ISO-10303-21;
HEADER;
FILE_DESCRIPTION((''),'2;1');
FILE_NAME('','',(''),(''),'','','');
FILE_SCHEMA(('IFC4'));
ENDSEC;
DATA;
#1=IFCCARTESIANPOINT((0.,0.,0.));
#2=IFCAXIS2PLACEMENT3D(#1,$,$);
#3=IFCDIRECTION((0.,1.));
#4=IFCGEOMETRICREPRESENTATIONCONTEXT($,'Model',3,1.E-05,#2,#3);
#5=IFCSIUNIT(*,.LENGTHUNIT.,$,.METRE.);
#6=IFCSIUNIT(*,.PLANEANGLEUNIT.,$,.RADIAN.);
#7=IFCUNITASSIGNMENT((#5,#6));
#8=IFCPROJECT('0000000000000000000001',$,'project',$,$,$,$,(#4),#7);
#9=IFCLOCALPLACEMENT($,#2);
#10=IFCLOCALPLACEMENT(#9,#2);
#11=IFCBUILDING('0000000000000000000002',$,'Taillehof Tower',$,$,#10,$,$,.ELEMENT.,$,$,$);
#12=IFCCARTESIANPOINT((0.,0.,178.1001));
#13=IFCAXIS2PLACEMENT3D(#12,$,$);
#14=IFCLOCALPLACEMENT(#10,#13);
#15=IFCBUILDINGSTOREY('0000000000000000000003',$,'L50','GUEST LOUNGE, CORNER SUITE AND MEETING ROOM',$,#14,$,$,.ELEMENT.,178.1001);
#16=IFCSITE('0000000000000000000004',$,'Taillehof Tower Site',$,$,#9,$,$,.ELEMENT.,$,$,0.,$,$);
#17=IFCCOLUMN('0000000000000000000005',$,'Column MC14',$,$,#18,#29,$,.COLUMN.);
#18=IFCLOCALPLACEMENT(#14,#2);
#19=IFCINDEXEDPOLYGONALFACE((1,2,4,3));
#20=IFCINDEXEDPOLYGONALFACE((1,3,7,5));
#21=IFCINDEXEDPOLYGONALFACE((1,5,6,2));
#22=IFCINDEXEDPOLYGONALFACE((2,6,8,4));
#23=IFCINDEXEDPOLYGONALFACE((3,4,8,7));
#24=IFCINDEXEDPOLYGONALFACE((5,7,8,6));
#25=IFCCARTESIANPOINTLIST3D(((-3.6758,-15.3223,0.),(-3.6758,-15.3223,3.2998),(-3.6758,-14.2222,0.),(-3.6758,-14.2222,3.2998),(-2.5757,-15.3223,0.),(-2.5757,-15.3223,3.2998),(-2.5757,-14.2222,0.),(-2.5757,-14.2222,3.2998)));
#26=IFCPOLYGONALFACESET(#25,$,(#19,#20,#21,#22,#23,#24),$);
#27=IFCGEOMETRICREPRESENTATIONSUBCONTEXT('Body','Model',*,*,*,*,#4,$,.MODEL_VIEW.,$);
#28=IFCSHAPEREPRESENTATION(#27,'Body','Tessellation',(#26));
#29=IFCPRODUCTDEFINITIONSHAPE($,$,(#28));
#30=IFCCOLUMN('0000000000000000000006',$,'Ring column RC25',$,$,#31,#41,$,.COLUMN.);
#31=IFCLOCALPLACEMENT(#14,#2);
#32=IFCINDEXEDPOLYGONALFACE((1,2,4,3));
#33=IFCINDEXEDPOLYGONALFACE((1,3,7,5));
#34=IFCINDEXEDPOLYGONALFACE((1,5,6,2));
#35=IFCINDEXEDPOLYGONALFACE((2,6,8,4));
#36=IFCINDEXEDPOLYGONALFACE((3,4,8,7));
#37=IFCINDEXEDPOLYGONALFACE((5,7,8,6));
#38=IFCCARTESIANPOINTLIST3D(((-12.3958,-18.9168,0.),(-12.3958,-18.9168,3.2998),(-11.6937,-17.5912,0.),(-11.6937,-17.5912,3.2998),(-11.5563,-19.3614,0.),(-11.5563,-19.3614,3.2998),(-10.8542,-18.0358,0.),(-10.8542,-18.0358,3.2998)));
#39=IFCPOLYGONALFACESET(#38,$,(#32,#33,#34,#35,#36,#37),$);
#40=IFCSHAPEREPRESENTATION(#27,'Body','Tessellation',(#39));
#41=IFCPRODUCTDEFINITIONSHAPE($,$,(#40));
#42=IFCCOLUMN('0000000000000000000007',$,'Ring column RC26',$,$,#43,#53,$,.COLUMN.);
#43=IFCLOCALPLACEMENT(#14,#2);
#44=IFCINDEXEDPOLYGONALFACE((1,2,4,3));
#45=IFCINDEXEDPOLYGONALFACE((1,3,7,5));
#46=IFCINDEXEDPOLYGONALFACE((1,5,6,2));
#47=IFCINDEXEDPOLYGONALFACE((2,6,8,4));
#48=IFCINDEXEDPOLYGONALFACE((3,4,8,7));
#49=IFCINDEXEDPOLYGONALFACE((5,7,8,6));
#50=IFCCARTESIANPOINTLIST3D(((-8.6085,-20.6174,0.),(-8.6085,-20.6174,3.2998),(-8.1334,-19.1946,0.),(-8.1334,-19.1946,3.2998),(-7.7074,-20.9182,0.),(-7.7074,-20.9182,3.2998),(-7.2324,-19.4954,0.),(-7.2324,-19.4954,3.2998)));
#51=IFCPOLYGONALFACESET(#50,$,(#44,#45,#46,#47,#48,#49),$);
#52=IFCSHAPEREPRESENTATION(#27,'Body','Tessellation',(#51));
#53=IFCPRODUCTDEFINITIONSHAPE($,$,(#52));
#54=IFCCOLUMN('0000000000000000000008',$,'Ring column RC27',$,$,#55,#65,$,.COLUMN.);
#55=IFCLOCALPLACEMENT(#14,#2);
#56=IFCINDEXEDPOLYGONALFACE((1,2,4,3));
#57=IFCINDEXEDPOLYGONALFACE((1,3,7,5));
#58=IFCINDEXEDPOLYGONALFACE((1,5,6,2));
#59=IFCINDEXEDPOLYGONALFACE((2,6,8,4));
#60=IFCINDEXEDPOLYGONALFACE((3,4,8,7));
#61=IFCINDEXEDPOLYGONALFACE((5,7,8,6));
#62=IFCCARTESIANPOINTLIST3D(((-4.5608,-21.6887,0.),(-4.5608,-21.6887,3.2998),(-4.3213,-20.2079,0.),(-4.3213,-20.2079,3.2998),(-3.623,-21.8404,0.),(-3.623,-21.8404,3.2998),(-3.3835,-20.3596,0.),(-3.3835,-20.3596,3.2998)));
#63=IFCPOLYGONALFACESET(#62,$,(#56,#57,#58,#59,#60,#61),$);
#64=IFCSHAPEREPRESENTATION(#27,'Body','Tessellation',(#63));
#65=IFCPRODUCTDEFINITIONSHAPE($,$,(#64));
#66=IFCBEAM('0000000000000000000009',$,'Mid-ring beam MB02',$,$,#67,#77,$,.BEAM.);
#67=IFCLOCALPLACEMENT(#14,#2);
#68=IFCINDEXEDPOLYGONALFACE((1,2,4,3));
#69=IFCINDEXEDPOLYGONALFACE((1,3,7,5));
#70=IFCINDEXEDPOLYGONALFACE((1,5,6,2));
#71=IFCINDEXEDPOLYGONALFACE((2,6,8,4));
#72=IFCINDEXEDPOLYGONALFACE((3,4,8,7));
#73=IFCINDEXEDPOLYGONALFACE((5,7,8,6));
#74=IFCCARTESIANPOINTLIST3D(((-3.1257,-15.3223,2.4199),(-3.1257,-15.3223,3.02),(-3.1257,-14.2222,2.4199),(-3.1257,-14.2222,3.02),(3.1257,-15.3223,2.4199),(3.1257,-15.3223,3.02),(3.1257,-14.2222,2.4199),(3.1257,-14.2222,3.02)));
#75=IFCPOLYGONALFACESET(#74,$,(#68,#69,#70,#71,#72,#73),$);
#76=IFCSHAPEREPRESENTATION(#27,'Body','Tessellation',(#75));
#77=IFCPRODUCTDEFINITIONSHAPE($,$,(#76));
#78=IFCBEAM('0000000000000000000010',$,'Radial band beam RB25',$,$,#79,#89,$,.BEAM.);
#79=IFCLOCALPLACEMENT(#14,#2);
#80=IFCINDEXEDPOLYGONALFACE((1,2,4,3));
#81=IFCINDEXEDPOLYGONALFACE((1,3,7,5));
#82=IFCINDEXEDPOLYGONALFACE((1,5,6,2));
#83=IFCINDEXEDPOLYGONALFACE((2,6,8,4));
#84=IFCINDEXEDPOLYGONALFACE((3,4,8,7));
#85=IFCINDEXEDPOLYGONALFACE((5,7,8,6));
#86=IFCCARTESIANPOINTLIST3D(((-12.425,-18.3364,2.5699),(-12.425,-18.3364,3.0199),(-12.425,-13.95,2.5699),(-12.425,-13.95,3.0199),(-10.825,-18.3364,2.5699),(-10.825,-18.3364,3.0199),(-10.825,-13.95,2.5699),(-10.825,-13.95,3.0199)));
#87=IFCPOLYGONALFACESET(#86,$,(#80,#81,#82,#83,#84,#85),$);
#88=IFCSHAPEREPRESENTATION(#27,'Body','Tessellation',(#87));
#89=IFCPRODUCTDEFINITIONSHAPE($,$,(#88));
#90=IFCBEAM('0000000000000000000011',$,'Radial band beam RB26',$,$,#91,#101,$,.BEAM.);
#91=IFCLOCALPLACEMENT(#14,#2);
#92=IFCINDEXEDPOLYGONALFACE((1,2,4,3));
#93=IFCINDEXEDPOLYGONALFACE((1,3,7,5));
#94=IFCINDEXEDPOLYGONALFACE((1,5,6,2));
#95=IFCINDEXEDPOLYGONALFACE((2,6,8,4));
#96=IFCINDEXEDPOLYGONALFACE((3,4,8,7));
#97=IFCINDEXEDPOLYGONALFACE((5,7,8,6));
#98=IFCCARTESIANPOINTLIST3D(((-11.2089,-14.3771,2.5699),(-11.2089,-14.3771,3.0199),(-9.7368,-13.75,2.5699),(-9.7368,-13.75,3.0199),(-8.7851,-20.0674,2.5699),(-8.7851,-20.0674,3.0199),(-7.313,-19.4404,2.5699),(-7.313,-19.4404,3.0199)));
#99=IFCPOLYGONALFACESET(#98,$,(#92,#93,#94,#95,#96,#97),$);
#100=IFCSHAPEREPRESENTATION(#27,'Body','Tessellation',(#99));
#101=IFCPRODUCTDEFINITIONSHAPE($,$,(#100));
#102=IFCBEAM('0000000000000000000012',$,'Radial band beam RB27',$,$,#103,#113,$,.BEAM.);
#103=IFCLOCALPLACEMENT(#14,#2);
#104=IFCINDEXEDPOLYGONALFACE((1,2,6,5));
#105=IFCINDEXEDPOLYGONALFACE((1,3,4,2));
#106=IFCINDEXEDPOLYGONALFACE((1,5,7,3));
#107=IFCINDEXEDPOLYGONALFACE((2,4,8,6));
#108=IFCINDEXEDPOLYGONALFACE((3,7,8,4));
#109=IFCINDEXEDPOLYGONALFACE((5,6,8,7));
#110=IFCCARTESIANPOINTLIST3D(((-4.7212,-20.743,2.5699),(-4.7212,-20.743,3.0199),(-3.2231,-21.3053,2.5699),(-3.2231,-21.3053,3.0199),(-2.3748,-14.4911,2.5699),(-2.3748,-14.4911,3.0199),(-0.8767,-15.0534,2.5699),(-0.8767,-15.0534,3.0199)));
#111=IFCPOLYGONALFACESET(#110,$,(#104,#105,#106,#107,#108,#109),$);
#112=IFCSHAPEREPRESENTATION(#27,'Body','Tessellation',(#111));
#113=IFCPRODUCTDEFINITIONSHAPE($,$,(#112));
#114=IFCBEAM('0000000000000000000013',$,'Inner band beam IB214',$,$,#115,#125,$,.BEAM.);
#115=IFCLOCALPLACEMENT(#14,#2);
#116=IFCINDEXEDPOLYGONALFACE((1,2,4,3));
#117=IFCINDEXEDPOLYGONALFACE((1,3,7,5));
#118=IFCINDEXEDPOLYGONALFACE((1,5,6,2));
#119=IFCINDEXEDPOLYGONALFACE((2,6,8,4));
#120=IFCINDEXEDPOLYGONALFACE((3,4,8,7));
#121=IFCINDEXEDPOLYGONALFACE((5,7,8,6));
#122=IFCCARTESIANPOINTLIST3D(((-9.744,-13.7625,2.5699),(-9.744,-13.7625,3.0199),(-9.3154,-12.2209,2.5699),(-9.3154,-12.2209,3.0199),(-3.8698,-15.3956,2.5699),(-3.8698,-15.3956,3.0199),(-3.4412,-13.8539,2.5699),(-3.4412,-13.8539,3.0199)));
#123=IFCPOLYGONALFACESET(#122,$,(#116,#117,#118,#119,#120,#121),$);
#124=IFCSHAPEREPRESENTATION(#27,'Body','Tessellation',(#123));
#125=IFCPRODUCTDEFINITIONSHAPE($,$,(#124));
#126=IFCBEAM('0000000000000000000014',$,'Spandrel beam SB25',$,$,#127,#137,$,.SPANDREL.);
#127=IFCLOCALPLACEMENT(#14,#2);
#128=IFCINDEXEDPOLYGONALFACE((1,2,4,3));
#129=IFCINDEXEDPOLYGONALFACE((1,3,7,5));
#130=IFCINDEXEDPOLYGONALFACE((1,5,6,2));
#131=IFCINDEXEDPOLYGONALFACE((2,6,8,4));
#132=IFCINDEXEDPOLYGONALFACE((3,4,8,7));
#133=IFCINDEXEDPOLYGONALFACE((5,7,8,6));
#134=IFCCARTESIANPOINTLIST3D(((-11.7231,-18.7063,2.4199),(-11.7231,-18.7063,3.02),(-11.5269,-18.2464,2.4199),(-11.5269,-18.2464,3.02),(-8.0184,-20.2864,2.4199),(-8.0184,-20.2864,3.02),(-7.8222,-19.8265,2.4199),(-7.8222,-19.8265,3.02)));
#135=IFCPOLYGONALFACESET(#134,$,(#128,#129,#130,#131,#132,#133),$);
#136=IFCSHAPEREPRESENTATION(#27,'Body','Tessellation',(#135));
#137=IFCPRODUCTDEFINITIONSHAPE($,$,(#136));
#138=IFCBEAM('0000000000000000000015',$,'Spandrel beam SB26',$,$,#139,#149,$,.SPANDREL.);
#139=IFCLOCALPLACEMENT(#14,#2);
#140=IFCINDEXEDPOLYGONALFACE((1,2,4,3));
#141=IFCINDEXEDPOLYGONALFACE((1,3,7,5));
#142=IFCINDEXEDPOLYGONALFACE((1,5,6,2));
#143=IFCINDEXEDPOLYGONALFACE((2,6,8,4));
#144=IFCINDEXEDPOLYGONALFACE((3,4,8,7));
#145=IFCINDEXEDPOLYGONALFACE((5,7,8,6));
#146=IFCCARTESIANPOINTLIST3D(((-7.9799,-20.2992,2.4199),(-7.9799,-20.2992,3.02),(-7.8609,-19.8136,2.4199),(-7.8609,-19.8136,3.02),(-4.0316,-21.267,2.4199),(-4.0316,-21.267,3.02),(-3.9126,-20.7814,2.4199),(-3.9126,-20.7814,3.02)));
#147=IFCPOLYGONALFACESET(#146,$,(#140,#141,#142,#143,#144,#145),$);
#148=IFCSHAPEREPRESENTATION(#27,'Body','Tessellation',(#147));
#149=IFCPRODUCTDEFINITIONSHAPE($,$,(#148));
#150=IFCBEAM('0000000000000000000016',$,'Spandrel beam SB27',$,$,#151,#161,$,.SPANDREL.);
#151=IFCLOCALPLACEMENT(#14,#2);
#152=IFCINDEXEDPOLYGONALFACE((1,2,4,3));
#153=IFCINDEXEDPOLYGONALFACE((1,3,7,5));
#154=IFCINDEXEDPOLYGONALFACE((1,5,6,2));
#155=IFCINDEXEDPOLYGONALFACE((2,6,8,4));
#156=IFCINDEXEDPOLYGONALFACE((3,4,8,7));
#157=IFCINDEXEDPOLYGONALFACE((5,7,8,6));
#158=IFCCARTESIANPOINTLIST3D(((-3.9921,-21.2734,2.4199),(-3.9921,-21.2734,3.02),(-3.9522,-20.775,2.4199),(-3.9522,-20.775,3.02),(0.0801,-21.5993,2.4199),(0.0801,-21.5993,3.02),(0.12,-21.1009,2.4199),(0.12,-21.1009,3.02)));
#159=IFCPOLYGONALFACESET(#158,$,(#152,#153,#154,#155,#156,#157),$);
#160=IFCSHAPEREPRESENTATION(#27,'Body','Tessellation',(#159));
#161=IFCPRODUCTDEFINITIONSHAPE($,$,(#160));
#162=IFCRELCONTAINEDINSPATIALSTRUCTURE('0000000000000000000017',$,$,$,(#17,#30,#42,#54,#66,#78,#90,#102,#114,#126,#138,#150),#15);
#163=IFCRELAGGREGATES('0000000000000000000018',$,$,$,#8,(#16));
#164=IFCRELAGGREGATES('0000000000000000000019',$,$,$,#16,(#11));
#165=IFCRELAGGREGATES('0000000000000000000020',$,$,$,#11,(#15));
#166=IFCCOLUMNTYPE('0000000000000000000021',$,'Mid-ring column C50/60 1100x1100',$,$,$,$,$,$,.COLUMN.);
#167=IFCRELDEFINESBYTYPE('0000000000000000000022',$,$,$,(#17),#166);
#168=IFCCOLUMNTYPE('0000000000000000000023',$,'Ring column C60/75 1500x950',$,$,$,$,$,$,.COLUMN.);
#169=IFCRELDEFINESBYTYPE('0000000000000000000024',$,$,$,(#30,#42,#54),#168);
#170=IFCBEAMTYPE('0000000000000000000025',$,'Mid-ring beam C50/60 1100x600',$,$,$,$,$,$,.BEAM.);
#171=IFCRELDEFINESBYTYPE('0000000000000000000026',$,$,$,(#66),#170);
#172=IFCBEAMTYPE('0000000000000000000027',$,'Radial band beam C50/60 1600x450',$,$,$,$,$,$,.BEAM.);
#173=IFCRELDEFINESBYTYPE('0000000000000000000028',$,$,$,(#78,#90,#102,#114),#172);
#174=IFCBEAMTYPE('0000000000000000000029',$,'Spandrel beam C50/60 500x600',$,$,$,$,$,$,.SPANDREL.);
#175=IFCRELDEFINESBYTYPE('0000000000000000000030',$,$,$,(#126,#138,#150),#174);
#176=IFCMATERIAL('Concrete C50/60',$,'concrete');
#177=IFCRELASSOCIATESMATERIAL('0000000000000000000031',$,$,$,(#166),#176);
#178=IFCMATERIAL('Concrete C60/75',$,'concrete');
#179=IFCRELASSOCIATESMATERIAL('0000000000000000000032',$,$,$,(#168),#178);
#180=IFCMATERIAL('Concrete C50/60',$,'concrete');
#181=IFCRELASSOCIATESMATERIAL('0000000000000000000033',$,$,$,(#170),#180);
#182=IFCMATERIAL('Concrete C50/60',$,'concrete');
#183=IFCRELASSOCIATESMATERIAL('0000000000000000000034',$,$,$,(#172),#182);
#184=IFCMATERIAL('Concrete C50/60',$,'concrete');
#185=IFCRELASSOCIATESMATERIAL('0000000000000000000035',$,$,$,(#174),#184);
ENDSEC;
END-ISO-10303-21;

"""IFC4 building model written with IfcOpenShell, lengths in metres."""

from ifc_helpers import new_model, si_unit, direction, frame, origin, origin_2d, place, context, subcontext, project, spatial, rectangle, extrude, material, material_profile, profile_set, type_object, element, save


model = new_model("IFC4")

# Units and contexts
model_context = context("Model", 3, precision=1e-05, world=origin(), true_north=direction((0.0, 1.0)))
body_context = subcontext(model_context, "Body", "Model", "MODEL_VIEW")
ifc_project = project(units=[si_unit("LENGTHUNIT", "METRE"), si_unit("PLANEANGLEUNIT", "RADIAN")], contexts=[model_context])

# Site, building, storey
site_placement = place(None, origin())
site = spatial("IfcSite", under=ifc_project, at=site_placement, Name="Taillehof Tower Site", CompositionType="ELEMENT", RefElevation=0.0)
building_placement = place(site_placement, origin())
building = spatial("IfcBuilding", under=site, at=building_placement, Name="Taillehof Tower", CompositionType="ELEMENT")
storey_placement = place(building_placement, frame((0.0, 0.0, 178.1001)))
storey = spatial("IfcBuildingStorey", under=building, at=storey_placement, Name="L50", Description="GUEST LOUNGE, CORNER SUITE AND MEETING ROOM", CompositionType="ELEMENT", Elevation=178.1001)

# Columns
ifc_material_1 = material(Name="Concrete C50/60", Category="concrete")
ifc_material_profile_1 = material_profile(ifc_material_1, rectangle(XDim=1.1001, YDim=1.1001, at=origin_2d()), Name="RC 1100x1100")
ifc_profile_set_1 = profile_set([ifc_material_profile_1], Name="Concrete C50/60")
column_type_1 = type_object("IfcColumnType", Name="Mid-ring column C50/60 1100x1100", PredefinedType="COLUMN", material=ifc_profile_set_1)
column_placement = place(storey_placement, frame((-3.1257, -14.7722, 0.0), z_axis=(0.0, 0.0, 1.0), x_axis=(1.0, 0.0, 0.0)))
element("IfcColumn", 1, at=column_placement, inside=storey, type_object=column_type_1, Name="Column MC14", PredefinedType="COLUMN", context=body_context, shape_type="SweptSolid", body=[
    extrude(rectangle(XDim=1.1001, YDim=1.1001, at=origin_2d()), origin(), (0.0, 0.0, 1.0), 3.2998),
])
ifc_material_2 = material(Name="Concrete C60/75", Category="concrete")
ifc_material_profile_2 = material_profile(ifc_material_2, rectangle(XDim=1.5, YDim=0.95, at=origin_2d()), Name="RC 1500x950")
ifc_profile_set_2 = profile_set([ifc_material_profile_2], Name="Concrete C60/75")
column_type_2 = type_object("IfcColumnType", Name="Ring column C60/75 1500x950", PredefinedType="COLUMN", material=ifc_profile_set_2)
for number, where, z_axis, x_axis, name in (
    (2, (-11.625, -18.4763, 0.0), (0.0, 0.0, 1.0), (-0.468042, -0.883706, 0.0), "Ring column RC25"),
    (3, (-7.9204, -20.0564, 0.0), (0.0, 0.0, 1.0), (-0.316703, -0.948525, 0.0), "Ring column RC26"),
    (4, (-3.9722, -21.0242, 0.0), (0.0, 0.0, 1.0), (-0.159679, -0.987169, 0.0), "Ring column RC27"),
):
    element("IfcColumn", number, at=place(storey_placement, frame(where, z_axis=z_axis, x_axis=x_axis)), inside=storey, type_object=column_type_2, Name=name, PredefinedType="COLUMN", context=body_context, shape_type="SweptSolid", body=[
        extrude(rectangle(XDim=1.5, YDim=0.95, at=origin_2d()), origin(), (0.0, 0.0, 1.0), 3.2998),
    ])

# Beams
ifc_material_3 = material(Name="Concrete C50/60", Category="concrete")
ifc_material_profile_3 = material_profile(ifc_material_3, rectangle(XDim=1.1001, YDim=0.6001, at=origin_2d()), Name="RC 1100x600")
ifc_profile_set_3 = profile_set([ifc_material_profile_3], Name="Concrete C50/60")
beam_type_1 = type_object("IfcBeamType", Name="Mid-ring beam C50/60 1100x600", PredefinedType="BEAM", material=ifc_profile_set_3)
beam_1_placement = place(storey_placement, frame((-3.1257, -14.7722, 2.72), z_axis=(1.0, 0.0, 0.0), x_axis=(0.0, 1.0, 0.0)))
element("IfcBeam", 5, at=beam_1_placement, inside=storey, type_object=beam_type_1, Name="Mid-ring beam MB02", PredefinedType="BEAM", context=body_context, shape_type="SweptSolid", body=[
    extrude(rectangle(XDim=1.1001, YDim=0.6001, at=origin_2d()), origin(), (0.0, 0.0, 1.0), 6.2515),
])
ifc_material_4 = material(Name="Concrete C50/60", Category="concrete")
ifc_material_profile_4 = material_profile(ifc_material_4, rectangle(XDim=1.6001, YDim=0.45, at=origin_2d()), Name="RC 1600x450")
ifc_profile_set_4 = profile_set([ifc_material_profile_4], Name="Concrete C50/60")
beam_type_2 = type_object("IfcBeamType", Name="Radial band beam C50/60 1600x450", PredefinedType="BEAM", material=ifc_profile_set_4)
beam_2_placement = place(storey_placement, frame((-11.625, -18.3364, 2.7949), z_axis=(0.0, 1.0, 0.0), x_axis=(-1.0, 0.0, 0.0)))
element("IfcBeam", 6, at=beam_2_placement, inside=storey, type_object=beam_type_2, Name="Radial band beam RB25", PredefinedType="BEAM", context=body_context, shape_type="SweptSolid", body=[
    extrude(rectangle(XDim=1.6001, YDim=0.45, at=origin_2d()), origin(), (0.0, 0.0, 1.0), 4.3865),
])
beam_3_placement = place(storey_placement, frame((-8.0491, -19.7539, 2.7949), z_axis=(-0.391879, 0.920017, 0.0), x_axis=(-0.920017, -0.391879, 0.0)))
element("IfcBeam", 7, at=beam_3_placement, inside=storey, type_object=beam_type_2, Name="Radial band beam RB26", PredefinedType="BEAM", context=body_context, shape_type="SweptSolid", body=[
    extrude(rectangle(XDim=1.6001, YDim=0.45, at=origin_2d()), origin(), (0.0, 0.0, 1.0), 6.1851),
])
beam_4_placement = place(storey_placement, frame((-3.9722, -21.0242, 2.7949), z_axis=(0.35138, 0.936233, 0.0), x_axis=(-0.936233, 0.35138, 0.0)))
element("IfcBeam", 8, at=beam_4_placement, inside=storey, type_object=beam_type_2, Name="Radial band beam RB27", PredefinedType="BEAM", context=body_context, shape_type="SweptSolid", body=[
    extrude(rectangle(XDim=1.6001, YDim=0.45, at=origin_2d()), origin(), (0.0, 0.0, 1.0), 6.6777),
])
beam_5_placement = place(storey_placement, frame((-3.6555, -14.6248, 2.7949), z_axis=(-0.963459, 0.267855, 0.0), x_axis=(-0.267855, -0.963459, 0.0)))
element("IfcBeam", 9, at=beam_5_placement, inside=storey, type_object=beam_type_2, Name="Inner band beam IB214", PredefinedType="BEAM", context=body_context, shape_type="SweptSolid", body=[
    extrude(rectangle(XDim=1.6001, YDim=0.45, at=origin_2d()), origin(), (0.0, 0.0, 1.0), 6.0969),
])
ifc_material_5 = material(Name="Concrete C50/60", Category="concrete")
ifc_material_profile_5 = material_profile(ifc_material_5, rectangle(XDim=0.5, YDim=0.6001, at=origin_2d()), Name="RC 500x600")
ifc_profile_set_5 = profile_set([ifc_material_profile_5], Name="Concrete C50/60")
beam_type_3 = type_object("IfcBeamType", Name="Spandrel beam C50/60 500x600", PredefinedType="SPANDREL", material=ifc_profile_set_5)
beam_6_placement = place(storey_placement, frame((-11.625, -18.4763, 2.72), z_axis=(0.919827, -0.392324, 0.0), x_axis=(0.392324, 0.919827, 0.0)))
element("IfcBeam", 10, at=beam_6_placement, inside=storey, type_object=beam_type_3, Name="Spandrel beam SB25", PredefinedType="SPANDREL", context=body_context, shape_type="SweptSolid", body=[
    extrude(rectangle(XDim=0.5, YDim=0.6001, at=origin_2d()), origin(), (0.0, 0.0, 1.0), 4.0276),
])
beam_7_placement = place(storey_placement, frame((-7.9204, -20.0564, 2.72), z_axis=(0.971249, -0.238068, 0.0), x_axis=(0.238068, 0.971249, 0.0)))
element("IfcBeam", 11, at=beam_7_placement, inside=storey, type_object=beam_type_3, Name="Spandrel beam SB26", PredefinedType="SPANDREL", context=body_context, shape_type="SweptSolid", body=[
    extrude(rectangle(XDim=0.5, YDim=0.6001, at=origin_2d()), origin(), (0.0, 0.0, 1.0), 4.0652),
])
beam_8_placement = place(storey_placement, frame((-3.9722, -21.0242, 2.72), z_axis=(0.996812, -0.079781, 0.0), x_axis=(0.079781, 0.996812, 0.0)))
element("IfcBeam", 12, at=beam_8_placement, inside=storey, type_object=beam_type_3, Name="Spandrel beam SB27", PredefinedType="SPANDREL", context=body_context, shape_type="SweptSolid", body=[
    extrude(rectangle(XDim=0.5, YDim=0.6001, at=origin_2d()), origin(), (0.0, 0.0, 1.0), 4.0852),
])

save(model, "model.ifc")
